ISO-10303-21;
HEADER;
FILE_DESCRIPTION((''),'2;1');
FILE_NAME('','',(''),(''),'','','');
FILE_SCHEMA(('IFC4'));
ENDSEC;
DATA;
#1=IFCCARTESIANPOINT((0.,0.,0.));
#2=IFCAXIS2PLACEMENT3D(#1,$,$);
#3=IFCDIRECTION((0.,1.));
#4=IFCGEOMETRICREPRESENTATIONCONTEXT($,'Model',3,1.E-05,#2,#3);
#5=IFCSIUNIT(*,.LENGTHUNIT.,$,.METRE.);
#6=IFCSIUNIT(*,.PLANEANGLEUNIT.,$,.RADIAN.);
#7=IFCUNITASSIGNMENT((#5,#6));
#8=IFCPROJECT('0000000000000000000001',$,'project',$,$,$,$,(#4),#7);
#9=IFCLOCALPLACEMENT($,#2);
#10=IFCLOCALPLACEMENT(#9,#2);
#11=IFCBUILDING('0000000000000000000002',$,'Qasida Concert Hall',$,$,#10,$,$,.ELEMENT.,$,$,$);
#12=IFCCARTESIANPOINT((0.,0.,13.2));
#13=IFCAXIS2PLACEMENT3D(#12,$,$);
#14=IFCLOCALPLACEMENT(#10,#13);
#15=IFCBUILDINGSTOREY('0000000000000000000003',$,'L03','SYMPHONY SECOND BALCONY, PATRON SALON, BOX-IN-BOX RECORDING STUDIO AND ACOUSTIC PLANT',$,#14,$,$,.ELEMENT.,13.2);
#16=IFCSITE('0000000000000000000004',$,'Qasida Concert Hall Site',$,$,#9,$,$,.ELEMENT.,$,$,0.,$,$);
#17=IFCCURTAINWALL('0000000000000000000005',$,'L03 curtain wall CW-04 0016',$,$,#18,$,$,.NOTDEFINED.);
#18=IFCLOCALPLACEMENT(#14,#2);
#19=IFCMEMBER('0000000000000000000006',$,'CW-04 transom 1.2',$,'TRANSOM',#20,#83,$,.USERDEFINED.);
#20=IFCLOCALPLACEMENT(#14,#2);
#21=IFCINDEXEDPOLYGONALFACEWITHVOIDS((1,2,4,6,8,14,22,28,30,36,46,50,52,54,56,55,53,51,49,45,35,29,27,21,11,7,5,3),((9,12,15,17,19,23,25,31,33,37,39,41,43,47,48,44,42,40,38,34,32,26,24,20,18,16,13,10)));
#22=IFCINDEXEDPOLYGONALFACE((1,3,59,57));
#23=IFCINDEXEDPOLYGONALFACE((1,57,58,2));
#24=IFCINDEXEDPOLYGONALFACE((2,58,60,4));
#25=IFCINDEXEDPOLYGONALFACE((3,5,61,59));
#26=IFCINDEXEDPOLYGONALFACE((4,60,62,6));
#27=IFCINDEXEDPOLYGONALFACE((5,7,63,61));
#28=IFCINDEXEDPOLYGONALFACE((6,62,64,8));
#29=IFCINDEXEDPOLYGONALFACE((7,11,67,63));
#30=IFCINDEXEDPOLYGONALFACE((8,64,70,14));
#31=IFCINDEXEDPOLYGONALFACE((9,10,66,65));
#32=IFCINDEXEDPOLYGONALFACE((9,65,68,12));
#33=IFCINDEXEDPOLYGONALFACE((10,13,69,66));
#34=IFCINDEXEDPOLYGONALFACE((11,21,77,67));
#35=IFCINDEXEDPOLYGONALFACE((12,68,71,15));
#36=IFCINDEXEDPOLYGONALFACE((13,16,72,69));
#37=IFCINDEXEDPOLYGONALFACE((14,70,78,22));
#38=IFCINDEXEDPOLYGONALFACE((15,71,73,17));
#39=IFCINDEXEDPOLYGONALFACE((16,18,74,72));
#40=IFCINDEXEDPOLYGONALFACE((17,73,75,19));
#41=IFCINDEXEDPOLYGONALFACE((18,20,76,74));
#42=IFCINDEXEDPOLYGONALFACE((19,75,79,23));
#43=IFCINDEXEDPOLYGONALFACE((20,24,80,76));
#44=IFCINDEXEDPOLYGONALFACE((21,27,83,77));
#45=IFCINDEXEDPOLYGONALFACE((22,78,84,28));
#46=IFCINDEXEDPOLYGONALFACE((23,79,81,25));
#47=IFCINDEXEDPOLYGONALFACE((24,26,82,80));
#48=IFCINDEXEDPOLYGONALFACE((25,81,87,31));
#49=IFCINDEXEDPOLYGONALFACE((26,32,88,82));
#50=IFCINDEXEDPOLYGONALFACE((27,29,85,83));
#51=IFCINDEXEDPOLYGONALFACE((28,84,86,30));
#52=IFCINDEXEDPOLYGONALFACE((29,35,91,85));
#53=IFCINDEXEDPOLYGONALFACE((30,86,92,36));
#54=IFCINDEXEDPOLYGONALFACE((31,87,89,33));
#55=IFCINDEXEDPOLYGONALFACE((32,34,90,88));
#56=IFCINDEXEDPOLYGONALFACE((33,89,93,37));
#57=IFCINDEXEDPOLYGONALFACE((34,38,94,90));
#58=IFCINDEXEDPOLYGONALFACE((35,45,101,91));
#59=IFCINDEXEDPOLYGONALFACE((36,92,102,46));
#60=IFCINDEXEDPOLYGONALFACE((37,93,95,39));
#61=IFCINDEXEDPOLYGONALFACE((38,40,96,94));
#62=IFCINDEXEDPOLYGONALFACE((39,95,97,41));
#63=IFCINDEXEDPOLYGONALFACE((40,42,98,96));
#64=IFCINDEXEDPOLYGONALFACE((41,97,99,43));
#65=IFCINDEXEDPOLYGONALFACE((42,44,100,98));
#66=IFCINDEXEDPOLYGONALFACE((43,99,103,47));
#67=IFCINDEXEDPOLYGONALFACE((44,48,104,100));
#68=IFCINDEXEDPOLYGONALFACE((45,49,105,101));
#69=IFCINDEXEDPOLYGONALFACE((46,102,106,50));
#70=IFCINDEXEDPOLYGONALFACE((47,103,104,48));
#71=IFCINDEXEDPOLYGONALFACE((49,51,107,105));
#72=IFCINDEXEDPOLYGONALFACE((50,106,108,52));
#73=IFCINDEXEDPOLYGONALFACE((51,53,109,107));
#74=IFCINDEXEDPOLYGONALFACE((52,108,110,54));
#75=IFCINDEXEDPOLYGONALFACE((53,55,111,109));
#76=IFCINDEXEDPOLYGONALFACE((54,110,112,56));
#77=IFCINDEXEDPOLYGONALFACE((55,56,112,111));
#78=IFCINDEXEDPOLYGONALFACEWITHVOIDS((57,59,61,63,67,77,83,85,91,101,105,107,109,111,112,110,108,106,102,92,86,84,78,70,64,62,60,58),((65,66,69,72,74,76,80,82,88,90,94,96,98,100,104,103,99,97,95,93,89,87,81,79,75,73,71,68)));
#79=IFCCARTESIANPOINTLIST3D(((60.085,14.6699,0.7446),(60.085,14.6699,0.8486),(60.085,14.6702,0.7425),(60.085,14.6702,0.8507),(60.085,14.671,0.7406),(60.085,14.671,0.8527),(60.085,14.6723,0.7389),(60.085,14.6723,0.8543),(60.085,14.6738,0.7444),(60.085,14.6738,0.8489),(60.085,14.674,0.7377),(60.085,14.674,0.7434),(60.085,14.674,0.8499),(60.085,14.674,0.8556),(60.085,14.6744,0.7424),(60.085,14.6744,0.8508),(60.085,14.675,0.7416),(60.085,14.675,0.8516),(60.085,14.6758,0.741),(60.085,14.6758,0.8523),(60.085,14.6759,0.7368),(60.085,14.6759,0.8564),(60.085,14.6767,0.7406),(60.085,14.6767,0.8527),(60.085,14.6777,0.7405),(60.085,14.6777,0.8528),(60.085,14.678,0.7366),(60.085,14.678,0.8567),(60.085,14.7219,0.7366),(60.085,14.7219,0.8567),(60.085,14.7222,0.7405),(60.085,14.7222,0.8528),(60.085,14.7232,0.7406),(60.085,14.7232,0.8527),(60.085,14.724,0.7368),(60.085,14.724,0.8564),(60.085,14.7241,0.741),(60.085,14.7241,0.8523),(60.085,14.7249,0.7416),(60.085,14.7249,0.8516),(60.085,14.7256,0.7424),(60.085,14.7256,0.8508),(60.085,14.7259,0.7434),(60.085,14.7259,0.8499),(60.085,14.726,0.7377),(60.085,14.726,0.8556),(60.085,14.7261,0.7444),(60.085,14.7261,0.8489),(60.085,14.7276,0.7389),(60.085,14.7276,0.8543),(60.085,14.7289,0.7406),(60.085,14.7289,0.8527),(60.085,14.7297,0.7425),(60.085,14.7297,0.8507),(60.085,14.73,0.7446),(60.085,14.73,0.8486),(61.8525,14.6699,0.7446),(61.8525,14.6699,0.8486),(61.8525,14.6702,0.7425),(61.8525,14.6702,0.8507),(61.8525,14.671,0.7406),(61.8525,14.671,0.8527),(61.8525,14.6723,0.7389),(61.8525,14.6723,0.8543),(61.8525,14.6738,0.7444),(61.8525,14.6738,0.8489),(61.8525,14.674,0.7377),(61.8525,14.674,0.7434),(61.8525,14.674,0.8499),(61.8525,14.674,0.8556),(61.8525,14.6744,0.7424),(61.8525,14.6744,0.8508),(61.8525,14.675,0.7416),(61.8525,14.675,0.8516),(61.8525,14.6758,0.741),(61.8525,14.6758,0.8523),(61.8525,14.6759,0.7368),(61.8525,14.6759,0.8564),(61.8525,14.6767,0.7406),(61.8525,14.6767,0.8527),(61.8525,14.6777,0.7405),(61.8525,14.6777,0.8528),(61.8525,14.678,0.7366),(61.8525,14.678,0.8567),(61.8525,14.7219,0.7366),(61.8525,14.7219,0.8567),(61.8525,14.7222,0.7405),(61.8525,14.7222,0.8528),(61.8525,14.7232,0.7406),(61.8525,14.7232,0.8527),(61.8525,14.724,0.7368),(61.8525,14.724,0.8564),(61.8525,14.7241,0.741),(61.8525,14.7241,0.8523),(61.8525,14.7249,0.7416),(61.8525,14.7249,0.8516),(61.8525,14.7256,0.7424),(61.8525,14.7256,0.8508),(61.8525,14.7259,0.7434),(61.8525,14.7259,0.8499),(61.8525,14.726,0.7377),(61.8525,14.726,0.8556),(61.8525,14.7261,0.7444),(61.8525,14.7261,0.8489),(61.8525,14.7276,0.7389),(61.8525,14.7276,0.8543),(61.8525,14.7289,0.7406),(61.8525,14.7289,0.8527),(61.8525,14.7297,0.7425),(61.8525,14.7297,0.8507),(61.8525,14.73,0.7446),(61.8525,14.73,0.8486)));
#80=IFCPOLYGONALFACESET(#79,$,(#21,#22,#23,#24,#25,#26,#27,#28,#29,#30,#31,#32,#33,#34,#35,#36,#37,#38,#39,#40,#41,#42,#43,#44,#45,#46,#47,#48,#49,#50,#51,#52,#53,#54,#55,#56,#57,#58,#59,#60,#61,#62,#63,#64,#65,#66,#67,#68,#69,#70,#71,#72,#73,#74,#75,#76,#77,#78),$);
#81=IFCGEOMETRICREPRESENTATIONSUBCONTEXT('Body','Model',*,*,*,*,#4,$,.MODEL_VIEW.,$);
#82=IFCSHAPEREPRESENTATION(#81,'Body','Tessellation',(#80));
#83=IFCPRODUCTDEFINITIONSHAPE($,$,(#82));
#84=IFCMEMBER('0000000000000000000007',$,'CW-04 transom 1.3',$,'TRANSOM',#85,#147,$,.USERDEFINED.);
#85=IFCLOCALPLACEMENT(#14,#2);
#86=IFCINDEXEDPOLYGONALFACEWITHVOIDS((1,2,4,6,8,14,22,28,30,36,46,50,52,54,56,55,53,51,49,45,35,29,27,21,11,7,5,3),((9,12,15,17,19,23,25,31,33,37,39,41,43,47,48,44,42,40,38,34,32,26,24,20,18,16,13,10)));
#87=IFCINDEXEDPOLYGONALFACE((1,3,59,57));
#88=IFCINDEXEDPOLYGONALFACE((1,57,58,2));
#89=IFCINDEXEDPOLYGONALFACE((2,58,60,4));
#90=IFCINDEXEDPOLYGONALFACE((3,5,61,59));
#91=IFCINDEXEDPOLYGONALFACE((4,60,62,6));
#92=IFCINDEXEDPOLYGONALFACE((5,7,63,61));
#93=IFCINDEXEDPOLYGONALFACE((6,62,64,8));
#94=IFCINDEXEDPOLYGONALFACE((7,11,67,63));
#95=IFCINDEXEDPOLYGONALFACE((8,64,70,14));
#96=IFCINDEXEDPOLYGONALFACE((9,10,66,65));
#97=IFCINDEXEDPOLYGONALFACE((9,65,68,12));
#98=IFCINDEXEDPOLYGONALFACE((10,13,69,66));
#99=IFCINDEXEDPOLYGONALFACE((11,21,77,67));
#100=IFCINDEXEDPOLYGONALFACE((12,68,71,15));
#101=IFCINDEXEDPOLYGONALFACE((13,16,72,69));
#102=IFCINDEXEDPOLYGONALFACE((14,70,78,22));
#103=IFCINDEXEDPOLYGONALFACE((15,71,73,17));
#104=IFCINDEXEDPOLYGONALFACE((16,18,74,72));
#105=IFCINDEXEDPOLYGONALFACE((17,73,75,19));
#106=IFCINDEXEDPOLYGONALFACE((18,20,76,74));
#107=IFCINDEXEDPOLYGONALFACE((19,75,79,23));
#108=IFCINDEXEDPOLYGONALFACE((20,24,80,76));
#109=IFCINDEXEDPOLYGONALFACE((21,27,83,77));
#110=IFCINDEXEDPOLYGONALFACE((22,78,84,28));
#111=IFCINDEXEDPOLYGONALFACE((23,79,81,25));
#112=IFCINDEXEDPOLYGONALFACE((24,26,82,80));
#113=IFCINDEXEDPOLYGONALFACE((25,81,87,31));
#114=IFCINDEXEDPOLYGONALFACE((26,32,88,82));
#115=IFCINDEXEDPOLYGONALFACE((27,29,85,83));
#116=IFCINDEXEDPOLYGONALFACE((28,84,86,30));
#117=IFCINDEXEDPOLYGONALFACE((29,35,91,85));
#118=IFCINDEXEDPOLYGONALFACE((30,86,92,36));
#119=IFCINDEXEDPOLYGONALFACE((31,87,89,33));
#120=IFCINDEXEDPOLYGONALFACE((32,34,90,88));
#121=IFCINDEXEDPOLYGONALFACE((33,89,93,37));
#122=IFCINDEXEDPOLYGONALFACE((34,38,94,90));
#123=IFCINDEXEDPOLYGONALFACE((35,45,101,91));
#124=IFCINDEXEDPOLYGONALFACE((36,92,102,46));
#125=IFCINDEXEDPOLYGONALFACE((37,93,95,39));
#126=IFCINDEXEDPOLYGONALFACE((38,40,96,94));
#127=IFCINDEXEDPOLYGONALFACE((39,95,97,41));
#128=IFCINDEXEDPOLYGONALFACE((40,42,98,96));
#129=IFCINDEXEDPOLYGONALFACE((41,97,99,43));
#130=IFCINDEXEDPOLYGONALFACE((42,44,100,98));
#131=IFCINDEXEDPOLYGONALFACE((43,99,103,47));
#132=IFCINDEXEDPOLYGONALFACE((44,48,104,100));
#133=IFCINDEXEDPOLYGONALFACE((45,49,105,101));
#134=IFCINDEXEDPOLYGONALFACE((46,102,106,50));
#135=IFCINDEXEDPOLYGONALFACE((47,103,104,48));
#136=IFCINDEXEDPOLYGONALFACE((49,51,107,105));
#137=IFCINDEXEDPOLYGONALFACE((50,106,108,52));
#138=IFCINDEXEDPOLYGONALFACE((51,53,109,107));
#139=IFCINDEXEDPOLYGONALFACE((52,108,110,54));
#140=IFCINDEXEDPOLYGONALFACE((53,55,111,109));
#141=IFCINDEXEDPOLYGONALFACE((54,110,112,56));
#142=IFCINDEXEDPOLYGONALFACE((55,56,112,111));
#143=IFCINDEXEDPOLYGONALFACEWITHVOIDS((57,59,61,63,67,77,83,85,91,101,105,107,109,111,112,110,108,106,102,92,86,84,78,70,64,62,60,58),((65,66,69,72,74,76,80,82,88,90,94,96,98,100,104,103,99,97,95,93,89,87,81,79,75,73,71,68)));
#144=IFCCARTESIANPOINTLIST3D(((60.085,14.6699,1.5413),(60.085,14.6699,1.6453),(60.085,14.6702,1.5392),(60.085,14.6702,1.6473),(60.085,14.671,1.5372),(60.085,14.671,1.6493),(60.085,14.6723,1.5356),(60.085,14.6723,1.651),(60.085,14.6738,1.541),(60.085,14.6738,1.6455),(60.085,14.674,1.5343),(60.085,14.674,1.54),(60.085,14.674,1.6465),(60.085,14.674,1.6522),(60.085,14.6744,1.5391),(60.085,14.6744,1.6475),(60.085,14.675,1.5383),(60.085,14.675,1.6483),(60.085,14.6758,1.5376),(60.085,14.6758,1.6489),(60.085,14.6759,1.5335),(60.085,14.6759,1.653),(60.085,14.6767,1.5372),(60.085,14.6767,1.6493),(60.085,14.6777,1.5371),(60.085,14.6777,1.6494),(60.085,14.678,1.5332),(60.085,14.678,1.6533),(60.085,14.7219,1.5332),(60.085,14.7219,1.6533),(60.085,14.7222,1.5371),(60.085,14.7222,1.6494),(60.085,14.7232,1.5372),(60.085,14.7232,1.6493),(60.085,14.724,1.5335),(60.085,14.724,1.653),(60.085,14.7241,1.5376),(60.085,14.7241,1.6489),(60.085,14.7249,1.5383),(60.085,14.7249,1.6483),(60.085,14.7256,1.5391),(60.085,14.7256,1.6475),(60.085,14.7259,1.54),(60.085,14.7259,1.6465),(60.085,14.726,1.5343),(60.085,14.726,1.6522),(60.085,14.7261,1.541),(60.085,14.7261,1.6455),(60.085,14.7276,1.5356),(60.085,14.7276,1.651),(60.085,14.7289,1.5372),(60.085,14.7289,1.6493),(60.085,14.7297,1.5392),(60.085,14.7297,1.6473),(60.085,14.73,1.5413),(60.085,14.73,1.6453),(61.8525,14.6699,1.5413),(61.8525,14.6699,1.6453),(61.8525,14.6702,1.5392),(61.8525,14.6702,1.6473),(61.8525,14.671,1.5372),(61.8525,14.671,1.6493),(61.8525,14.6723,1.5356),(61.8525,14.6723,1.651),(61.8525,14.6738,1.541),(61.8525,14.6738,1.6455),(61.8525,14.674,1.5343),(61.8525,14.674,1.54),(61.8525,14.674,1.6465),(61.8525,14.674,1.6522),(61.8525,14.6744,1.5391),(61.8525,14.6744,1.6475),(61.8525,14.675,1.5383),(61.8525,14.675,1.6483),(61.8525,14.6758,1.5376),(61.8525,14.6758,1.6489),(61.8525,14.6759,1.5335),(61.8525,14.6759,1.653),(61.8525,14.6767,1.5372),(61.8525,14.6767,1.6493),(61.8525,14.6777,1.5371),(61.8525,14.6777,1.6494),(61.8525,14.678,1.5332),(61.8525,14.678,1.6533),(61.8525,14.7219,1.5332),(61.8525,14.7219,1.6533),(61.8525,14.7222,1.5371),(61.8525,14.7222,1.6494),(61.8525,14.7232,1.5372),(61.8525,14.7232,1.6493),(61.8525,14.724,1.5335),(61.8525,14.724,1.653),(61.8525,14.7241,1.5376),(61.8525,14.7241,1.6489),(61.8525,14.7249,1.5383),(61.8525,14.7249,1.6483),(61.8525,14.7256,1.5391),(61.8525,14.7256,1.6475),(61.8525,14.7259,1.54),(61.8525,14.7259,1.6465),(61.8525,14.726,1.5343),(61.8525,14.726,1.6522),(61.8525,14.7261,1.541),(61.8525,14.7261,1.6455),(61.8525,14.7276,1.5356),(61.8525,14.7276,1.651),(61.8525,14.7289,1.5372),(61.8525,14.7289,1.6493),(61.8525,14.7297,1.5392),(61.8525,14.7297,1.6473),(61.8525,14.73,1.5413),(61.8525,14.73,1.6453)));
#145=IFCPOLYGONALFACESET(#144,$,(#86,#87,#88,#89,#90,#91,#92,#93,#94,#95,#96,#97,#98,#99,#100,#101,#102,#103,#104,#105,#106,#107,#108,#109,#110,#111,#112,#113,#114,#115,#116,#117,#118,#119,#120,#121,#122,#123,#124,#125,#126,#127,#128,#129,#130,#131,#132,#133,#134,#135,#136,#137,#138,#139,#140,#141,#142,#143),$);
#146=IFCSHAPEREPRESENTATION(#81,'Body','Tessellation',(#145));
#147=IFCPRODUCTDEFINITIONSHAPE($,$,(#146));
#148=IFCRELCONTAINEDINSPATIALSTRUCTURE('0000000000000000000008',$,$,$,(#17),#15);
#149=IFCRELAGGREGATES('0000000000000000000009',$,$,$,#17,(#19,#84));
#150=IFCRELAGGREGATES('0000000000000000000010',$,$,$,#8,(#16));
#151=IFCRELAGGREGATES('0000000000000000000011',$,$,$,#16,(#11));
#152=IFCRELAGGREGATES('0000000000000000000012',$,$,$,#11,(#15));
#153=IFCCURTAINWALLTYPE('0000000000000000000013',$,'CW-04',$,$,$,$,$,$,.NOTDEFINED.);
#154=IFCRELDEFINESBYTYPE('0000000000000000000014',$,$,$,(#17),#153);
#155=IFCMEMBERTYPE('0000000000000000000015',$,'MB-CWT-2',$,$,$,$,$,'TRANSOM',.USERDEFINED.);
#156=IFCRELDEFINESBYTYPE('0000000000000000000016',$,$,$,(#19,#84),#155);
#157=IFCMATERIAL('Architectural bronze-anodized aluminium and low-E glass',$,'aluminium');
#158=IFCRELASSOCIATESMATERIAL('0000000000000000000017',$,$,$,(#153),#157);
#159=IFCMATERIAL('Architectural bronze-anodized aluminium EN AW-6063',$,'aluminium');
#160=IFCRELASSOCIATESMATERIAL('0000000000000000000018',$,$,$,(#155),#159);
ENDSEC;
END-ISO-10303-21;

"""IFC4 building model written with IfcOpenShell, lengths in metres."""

from ifc_helpers import new_model, si_unit, direction, frame, origin, origin_2d, place, context, subcontext, project, spatial, hollow_rectangle, extrude, material, material_profile, profile_set, type_object, element, aggregate, save


model = new_model("IFC4")

# Units and contexts
model_context = context("Model", 3, precision=1e-05, world=origin(), true_north=direction((0.0, 1.0)))
body_context = subcontext(model_context, "Body", "Model", "MODEL_VIEW")
ifc_project = project(units=[si_unit("LENGTHUNIT", "METRE"), si_unit("PLANEANGLEUNIT", "RADIAN")], contexts=[model_context])

# Site, building, storey
site_placement = place(None, origin())
site = spatial("IfcSite", under=ifc_project, at=site_placement, Name="Qasida Concert Hall Site", CompositionType="ELEMENT", RefElevation=0.0)
building_placement = place(site_placement, origin())
building = spatial("IfcBuilding", under=site, at=building_placement, Name="Qasida Concert Hall", CompositionType="ELEMENT")
storey_placement = place(building_placement, frame((0.0, 0.0, 13.2)))
storey = spatial("IfcBuildingStorey", under=building, at=storey_placement, Name="L03", Description="SYMPHONY SECOND BALCONY, PATRON SALON, BOX-IN-BOX RECORDING STUDIO AND ACOUSTIC PLANT", CompositionType="ELEMENT", Elevation=13.2)

# Shared definitions
ifc_material_1 = material(Name="Architectural bronze-anodized aluminium and low-E glass", Category="aluminium")
curtain_wall_type = type_object("IfcCurtainWallType", Name="CW-04", PredefinedType="NOTDEFINED", material=ifc_material_1)
ifc_material_2 = material(Name="Architectural bronze-anodized aluminium EN AW-6063", Category="aluminium")

# Curtain wall
curtain_wall_1_placement = place(storey_placement, origin())
curtain_wall_1 = element("IfcCurtainWall", 1, at=curtain_wall_1_placement, inside=storey, type_object=curtain_wall_type, Name="L03 curtain wall CW-04 0016", PredefinedType="NOTDEFINED")

# Members
ifc_material_profile_1 = material_profile(ifc_material_2, hollow_rectangle(XDim=0.0601, YDim=0.1201, WallThickness=0.0039, InnerFilletRadius=0.0039, OuterFilletRadius=0.0081, at=origin_2d()), Name="CWT 120x60x4")
ifc_profile_set_1 = profile_set([ifc_material_profile_1], Name="Architectural bronze-anodized aluminium EN AW-6063")
member_type_1 = type_object("IfcMemberType", Name="MB-CWT-2", ElementType="TRANSOM", PredefinedType="USERDEFINED", material=ifc_profile_set_1)
member_1_placement = place(storey_placement, frame((60.085, 14.7, 0.7966), z_axis=(1.0, 0.0, 0.0), x_axis=(0.0, 1.0, 0.0)))
member_1 = element("IfcMember", 2, at=member_1_placement, type_object=member_type_1, Name="CW-04 transom 1.2", ObjectType="TRANSOM", PredefinedType="USERDEFINED", context=body_context, shape_type="SweptSolid", body=[
    extrude(hollow_rectangle(XDim=0.0601, YDim=0.1201, WallThickness=0.0039, InnerFilletRadius=0.0039, OuterFilletRadius=0.0081, at=origin_2d()), origin(), (0.0, 0.0, 1.0), 1.7676),
])
member_2_placement = place(storey_placement, frame((60.085, 14.7, 1.5933), z_axis=(1.0, 0.0, 0.0), x_axis=(0.0, 1.0, 0.0)))
member_2 = element("IfcMember", 3, at=member_2_placement, type_object=member_type_1, Name="CW-04 transom 1.3", ObjectType="TRANSOM", PredefinedType="USERDEFINED", context=body_context, shape_type="SweptSolid", body=[
    extrude(hollow_rectangle(XDim=0.0601, YDim=0.1201, WallThickness=0.0039, InnerFilletRadius=0.0039, OuterFilletRadius=0.0081, at=origin_2d()), origin(), (0.0, 0.0, 1.0), 1.7676),
])

aggregate(curtain_wall_1, [member_1, member_2])

save(model, "model.ifc")
